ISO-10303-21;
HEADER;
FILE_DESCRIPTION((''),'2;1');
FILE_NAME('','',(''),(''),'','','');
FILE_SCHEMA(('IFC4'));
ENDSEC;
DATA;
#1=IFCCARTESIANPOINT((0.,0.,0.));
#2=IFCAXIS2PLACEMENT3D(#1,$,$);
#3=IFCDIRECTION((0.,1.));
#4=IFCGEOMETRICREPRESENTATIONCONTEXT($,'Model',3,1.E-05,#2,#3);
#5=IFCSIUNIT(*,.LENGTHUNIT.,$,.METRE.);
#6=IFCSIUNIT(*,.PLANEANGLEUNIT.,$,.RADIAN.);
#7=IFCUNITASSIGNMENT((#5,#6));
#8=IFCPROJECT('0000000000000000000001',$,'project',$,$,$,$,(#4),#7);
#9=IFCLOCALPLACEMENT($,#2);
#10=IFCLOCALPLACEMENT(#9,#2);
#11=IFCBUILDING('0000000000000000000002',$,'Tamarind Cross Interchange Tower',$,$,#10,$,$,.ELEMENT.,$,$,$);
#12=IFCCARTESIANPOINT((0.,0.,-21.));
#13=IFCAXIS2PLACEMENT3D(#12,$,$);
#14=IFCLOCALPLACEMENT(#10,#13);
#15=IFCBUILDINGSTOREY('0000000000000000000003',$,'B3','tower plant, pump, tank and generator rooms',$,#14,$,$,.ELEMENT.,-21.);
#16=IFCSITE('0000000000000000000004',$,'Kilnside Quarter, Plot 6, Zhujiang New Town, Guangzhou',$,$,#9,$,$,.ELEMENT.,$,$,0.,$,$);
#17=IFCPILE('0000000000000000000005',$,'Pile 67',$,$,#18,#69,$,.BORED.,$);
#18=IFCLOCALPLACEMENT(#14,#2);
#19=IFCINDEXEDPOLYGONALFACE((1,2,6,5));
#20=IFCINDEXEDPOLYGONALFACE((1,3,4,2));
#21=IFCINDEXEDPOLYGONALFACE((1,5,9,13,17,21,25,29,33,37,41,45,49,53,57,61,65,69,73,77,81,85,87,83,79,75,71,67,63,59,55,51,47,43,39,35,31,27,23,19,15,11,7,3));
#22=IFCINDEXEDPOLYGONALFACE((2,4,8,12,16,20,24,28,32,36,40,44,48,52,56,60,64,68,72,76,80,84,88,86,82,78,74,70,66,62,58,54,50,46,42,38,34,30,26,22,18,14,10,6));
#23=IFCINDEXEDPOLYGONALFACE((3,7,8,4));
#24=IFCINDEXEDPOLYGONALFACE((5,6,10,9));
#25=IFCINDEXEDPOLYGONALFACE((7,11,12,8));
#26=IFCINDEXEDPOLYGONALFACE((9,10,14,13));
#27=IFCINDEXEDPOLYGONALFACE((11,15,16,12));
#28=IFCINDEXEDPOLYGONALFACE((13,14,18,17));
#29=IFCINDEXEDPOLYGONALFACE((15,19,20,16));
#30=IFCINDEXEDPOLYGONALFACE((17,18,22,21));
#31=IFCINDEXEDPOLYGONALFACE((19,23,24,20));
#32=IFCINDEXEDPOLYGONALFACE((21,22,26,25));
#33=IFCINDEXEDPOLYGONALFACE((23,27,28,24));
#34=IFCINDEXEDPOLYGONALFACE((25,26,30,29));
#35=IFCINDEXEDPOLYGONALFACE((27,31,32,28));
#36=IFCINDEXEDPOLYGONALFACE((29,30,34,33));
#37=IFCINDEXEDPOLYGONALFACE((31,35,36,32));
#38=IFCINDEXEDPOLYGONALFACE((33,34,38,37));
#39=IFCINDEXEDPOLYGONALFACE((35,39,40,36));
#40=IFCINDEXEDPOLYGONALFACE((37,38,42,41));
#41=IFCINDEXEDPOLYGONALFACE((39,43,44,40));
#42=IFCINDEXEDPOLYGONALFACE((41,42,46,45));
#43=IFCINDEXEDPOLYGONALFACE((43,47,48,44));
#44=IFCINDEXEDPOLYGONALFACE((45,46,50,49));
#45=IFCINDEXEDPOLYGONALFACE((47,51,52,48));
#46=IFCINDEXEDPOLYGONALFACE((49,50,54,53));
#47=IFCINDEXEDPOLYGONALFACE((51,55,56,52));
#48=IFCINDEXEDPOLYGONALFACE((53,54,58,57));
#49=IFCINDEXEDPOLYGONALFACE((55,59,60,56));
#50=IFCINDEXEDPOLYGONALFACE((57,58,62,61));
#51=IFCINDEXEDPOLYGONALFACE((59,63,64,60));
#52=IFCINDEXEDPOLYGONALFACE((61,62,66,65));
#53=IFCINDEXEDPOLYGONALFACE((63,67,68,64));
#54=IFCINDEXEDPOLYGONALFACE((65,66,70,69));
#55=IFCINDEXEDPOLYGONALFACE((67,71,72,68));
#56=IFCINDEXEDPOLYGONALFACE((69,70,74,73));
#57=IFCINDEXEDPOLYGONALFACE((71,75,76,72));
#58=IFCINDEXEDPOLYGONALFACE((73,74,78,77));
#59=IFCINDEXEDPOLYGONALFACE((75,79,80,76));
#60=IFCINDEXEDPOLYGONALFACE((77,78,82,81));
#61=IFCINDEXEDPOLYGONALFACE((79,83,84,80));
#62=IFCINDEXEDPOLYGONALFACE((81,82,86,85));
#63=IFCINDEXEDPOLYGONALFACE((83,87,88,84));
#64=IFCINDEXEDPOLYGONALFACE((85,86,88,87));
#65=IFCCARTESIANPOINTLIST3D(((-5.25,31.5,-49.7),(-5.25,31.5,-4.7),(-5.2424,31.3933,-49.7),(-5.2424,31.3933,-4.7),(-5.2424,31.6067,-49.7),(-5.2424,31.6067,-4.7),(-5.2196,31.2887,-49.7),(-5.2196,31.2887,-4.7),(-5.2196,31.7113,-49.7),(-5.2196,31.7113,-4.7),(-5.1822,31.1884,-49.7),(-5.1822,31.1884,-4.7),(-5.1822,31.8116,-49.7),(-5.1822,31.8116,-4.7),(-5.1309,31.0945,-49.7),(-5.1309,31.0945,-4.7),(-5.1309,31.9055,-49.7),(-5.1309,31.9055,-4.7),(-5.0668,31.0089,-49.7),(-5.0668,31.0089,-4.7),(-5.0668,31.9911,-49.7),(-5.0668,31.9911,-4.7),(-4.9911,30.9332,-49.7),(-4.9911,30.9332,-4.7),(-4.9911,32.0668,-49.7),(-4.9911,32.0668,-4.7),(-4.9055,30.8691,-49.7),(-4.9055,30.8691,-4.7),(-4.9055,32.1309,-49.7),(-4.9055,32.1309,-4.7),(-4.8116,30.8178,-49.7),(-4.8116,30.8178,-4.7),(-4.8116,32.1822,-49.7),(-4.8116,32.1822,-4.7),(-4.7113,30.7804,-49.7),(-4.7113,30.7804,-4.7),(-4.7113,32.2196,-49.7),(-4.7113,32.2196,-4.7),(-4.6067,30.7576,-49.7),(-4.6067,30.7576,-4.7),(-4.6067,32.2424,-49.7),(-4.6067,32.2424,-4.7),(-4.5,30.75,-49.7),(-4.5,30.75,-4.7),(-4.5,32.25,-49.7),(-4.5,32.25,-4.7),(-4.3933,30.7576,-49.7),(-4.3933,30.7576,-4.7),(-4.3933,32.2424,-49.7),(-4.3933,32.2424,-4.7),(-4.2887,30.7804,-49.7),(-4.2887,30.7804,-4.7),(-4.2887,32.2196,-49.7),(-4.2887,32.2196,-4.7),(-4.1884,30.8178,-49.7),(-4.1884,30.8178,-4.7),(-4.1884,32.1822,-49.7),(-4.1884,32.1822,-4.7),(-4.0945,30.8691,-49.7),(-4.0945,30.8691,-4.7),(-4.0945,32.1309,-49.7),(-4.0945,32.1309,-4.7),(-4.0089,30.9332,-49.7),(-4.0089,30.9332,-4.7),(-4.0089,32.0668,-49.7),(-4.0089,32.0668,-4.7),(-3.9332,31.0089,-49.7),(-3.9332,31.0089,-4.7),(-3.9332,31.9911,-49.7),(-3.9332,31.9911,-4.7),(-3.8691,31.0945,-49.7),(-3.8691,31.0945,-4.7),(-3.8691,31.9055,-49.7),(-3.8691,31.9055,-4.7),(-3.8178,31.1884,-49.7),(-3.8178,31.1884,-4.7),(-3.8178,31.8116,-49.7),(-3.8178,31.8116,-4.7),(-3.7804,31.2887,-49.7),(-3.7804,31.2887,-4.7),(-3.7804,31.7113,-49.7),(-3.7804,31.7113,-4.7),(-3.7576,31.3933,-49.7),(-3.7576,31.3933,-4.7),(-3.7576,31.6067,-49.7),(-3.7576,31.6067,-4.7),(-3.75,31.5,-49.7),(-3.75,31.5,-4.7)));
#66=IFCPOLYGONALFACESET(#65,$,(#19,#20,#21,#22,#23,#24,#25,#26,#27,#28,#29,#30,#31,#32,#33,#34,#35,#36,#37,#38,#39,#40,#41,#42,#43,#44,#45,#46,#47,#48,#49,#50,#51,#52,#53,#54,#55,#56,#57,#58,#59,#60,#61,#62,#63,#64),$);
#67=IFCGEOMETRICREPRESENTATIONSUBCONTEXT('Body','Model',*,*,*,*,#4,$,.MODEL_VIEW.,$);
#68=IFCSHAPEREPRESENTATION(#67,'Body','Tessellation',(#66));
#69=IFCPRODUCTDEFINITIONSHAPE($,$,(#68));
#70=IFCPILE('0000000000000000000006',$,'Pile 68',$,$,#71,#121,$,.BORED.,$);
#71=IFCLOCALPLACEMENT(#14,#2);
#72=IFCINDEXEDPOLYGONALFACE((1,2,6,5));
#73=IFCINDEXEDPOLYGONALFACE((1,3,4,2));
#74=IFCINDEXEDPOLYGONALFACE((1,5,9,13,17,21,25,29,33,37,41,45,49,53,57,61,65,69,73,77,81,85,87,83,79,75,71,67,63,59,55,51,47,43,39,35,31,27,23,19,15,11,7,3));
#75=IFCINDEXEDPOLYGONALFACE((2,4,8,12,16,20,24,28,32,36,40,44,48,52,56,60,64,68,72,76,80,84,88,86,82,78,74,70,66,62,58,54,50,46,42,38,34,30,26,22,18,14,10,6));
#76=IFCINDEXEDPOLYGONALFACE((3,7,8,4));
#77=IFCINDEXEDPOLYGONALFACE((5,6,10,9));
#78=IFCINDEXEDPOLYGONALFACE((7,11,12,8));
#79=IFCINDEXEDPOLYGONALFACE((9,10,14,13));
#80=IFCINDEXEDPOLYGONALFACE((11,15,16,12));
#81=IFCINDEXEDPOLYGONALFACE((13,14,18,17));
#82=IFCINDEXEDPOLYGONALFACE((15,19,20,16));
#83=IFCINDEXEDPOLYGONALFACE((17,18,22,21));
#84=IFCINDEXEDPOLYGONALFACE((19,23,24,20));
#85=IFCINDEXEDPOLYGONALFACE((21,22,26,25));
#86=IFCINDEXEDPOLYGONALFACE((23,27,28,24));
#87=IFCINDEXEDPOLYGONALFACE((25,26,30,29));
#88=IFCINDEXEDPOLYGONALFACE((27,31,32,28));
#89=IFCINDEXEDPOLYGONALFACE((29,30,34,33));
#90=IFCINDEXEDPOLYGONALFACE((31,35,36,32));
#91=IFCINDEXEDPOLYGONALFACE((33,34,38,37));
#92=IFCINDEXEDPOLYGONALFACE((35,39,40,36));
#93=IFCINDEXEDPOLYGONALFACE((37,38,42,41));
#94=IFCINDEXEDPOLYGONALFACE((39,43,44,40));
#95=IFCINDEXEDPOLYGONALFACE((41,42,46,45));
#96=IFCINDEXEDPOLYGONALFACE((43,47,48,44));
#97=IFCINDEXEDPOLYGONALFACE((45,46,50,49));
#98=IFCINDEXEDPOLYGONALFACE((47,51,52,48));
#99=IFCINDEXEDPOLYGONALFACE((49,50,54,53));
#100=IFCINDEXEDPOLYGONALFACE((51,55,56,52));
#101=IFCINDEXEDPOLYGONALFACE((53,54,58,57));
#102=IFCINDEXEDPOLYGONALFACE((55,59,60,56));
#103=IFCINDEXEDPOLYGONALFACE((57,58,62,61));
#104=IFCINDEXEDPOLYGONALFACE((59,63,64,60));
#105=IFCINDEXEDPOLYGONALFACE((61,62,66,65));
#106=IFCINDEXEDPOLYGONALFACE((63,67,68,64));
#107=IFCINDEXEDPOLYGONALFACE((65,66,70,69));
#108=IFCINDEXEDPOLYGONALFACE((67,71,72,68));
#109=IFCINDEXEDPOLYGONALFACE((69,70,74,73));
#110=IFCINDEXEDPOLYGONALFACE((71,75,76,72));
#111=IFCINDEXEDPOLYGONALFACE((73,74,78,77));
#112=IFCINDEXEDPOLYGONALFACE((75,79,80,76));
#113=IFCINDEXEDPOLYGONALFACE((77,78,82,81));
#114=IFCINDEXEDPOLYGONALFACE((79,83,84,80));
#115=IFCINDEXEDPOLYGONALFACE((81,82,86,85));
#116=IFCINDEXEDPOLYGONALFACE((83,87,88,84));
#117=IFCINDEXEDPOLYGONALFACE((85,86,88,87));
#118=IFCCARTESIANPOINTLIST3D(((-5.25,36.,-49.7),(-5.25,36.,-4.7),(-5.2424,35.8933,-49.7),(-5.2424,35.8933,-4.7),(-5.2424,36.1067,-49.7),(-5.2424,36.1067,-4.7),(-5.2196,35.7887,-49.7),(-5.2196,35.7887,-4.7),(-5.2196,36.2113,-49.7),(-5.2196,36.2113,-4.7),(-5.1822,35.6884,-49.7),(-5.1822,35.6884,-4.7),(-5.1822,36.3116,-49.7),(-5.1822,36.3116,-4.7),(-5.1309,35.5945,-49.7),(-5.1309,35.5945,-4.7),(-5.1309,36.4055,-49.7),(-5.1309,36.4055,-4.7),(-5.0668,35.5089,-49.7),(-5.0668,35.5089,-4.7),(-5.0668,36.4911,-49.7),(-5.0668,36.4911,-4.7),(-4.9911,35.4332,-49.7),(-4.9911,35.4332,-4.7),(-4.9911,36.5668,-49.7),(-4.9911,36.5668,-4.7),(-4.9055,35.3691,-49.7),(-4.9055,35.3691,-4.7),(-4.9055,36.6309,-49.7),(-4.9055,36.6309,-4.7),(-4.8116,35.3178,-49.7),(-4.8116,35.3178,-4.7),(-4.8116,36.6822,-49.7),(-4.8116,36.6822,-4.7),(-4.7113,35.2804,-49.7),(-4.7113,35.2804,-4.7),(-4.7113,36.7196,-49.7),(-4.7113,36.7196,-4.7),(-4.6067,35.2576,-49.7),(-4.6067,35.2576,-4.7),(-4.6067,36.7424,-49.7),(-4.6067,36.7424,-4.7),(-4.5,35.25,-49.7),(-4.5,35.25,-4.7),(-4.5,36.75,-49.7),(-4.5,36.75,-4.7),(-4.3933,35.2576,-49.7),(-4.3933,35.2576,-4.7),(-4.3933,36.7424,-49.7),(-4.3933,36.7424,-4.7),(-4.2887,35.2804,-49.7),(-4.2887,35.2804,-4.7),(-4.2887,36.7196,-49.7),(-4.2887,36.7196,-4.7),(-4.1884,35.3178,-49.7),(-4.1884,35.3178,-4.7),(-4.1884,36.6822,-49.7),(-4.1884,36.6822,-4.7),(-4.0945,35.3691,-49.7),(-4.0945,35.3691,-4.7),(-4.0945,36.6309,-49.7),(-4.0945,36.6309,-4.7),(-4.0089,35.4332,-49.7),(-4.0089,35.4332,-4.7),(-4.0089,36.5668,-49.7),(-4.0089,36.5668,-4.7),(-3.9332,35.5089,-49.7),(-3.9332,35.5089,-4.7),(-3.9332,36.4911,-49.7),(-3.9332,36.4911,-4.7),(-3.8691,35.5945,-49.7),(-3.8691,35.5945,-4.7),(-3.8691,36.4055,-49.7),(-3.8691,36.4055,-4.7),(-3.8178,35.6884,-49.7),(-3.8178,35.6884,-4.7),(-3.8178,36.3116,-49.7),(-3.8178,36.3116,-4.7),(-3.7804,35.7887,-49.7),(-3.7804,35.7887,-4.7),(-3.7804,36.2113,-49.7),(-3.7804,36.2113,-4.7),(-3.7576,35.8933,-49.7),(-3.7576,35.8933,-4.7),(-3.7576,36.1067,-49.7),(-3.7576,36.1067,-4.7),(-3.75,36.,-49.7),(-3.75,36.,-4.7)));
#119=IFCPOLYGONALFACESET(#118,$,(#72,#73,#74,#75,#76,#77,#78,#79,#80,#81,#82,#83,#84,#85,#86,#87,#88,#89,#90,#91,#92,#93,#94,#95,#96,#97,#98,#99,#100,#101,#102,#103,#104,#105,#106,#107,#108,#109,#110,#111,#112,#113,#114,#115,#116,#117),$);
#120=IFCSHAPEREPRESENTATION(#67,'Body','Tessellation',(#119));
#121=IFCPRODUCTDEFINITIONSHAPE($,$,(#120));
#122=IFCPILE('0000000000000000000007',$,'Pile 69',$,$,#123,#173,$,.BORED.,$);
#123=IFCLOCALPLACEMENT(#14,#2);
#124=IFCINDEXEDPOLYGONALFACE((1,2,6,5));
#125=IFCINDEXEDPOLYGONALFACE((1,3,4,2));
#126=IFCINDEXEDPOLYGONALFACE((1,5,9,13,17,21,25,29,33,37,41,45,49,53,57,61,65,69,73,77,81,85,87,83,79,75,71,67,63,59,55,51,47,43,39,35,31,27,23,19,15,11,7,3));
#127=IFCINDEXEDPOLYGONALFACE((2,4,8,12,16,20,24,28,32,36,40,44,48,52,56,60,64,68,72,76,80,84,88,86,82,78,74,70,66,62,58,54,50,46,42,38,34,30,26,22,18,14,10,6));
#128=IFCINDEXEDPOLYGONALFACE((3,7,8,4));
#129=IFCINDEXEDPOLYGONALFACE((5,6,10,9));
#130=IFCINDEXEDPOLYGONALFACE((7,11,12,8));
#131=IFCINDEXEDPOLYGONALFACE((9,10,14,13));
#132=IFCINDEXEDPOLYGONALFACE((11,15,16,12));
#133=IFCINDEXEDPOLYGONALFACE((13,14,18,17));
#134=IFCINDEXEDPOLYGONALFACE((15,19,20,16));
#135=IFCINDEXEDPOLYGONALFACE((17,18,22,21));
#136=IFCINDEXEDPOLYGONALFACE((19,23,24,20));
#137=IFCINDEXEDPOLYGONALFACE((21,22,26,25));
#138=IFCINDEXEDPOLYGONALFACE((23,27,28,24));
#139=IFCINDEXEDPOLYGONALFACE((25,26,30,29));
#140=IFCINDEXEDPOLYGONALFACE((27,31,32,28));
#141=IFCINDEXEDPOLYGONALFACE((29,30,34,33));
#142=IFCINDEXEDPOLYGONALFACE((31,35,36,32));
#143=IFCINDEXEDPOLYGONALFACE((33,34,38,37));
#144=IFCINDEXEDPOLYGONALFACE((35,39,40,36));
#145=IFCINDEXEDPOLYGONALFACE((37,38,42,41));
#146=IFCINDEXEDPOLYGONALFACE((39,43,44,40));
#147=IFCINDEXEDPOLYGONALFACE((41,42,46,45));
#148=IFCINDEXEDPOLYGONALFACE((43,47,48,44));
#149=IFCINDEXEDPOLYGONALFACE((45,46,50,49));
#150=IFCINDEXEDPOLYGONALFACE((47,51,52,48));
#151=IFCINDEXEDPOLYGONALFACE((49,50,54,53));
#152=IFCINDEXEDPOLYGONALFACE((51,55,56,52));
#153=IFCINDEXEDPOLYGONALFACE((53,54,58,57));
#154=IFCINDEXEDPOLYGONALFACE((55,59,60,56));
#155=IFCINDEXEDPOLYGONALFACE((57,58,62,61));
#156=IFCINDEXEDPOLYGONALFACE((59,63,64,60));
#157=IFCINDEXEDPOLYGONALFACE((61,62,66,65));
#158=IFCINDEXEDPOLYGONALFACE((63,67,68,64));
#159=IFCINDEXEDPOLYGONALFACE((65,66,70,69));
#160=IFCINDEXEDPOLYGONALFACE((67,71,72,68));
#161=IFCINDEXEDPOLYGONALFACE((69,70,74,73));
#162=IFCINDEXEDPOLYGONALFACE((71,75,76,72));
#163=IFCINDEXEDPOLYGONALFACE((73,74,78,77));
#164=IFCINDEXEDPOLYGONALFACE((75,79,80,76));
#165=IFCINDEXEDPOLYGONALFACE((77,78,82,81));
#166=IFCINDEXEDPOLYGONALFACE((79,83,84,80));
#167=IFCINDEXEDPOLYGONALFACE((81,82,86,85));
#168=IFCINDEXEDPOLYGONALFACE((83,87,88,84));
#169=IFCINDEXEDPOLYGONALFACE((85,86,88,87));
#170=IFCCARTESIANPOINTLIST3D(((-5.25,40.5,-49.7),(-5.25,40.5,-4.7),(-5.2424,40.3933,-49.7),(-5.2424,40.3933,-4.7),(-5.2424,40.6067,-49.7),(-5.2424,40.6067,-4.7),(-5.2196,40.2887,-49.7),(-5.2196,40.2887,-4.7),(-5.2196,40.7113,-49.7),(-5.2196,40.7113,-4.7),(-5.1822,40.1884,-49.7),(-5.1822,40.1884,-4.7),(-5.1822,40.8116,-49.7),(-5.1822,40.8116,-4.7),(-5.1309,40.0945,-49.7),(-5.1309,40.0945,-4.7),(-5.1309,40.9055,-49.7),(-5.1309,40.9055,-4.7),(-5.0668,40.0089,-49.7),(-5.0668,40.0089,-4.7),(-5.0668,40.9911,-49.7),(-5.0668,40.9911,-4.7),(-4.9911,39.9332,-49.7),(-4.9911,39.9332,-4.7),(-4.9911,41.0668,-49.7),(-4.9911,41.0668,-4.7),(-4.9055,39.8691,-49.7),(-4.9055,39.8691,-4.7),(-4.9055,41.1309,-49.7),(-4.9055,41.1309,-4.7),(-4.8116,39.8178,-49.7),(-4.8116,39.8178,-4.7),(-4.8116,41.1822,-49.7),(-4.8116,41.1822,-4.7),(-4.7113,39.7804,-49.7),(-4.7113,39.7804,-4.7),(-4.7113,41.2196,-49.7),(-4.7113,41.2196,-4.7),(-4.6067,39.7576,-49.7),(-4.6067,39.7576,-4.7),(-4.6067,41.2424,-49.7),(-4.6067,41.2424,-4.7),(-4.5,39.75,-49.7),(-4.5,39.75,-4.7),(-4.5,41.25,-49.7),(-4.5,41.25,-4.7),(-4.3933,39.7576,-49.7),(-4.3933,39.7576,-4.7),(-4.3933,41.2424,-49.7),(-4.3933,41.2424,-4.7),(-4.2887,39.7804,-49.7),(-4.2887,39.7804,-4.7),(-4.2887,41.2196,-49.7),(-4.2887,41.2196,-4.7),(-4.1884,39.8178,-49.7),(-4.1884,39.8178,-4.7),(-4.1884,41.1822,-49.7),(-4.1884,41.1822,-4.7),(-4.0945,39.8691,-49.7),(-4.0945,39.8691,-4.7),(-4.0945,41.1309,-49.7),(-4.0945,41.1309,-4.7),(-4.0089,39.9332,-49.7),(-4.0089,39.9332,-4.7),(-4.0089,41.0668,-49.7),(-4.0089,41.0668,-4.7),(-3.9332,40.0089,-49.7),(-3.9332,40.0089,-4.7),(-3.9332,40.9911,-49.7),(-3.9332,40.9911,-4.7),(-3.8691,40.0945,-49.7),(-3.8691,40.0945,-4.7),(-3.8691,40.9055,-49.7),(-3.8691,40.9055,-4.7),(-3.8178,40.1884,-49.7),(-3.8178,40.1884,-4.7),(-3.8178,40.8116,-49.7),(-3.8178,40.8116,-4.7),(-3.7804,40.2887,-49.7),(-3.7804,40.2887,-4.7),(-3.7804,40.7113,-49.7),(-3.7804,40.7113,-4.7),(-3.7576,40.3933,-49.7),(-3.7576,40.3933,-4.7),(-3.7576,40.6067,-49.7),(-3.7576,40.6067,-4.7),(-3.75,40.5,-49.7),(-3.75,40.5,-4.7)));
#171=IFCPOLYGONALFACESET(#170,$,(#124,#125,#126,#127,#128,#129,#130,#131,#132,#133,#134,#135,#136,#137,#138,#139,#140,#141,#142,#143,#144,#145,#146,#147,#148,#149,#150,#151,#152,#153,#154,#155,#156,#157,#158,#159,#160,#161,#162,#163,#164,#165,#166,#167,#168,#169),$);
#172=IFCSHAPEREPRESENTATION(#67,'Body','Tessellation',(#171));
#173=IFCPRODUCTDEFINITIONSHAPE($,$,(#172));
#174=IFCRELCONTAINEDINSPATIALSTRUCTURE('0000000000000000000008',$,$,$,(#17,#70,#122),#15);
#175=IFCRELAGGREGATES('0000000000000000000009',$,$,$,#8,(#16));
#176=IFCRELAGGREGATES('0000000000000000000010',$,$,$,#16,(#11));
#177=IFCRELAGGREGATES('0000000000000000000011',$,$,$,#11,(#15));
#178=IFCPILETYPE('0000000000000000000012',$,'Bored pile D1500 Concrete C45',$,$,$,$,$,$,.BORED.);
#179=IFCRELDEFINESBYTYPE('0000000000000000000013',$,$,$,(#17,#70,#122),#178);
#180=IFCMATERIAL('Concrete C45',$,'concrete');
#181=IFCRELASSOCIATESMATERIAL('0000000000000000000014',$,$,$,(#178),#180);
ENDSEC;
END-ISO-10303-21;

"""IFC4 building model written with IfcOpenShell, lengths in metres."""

from ifc_helpers import new_model, si_unit, direction, frame, origin, origin_2d, place, context, subcontext, project, spatial, circle, extrude, material, material_profile, profile_set, type_object, element, save


model = new_model("IFC4")

# Units and contexts
model_context = context("Model", 3, precision=1e-05, world=origin(), true_north=direction((0.0, 1.0)))
body_context = subcontext(model_context, "Body", "Model", "MODEL_VIEW")
ifc_project = project(units=[si_unit("LENGTHUNIT", "METRE"), si_unit("PLANEANGLEUNIT", "RADIAN")], contexts=[model_context])

# Site, building, storey
site_placement = place(None, origin())
site = spatial("IfcSite", under=ifc_project, at=site_placement, Name="Kilnside Quarter, Plot 6, Zhujiang New Town, Guangzhou", CompositionType="ELEMENT", RefElevation=0.0)
building_placement = place(site_placement, origin())
building = spatial("IfcBuilding", under=site, at=building_placement, Name="Tamarind Cross Interchange Tower", CompositionType="ELEMENT")
storey_placement = place(building_placement, frame((0.0, 0.0, -21.0)))
storey = spatial("IfcBuildingStorey", under=building, at=storey_placement, Name="B3", Description="tower plant, pump, tank and generator rooms", CompositionType="ELEMENT", Elevation=-21.0)

# Piles
ifc_material_1 = material(Name="Concrete C45", Category="concrete")
ifc_material_profile_1 = material_profile(ifc_material_1, circle(Radius=0.75, at=origin_2d()), Name="RC D1500")
ifc_profile_set_1 = profile_set([ifc_material_profile_1], Name="Concrete C45")
pile_type = type_object("IfcPileType", Name="Bored pile D1500 Concrete C45", PredefinedType="BORED", material=ifc_profile_set_1)
for number, where, z_axis, x_axis, name in (
    (1, (-4.5, 31.5, -4.7), (0.0, 0.0, -1.0), (1.0, 0.0, 0.0), "Pile 67"),
    (2, (-4.5, 36.0, -4.7), (0.0, 0.0, -1.0), (1.0, 0.0, 0.0), "Pile 68"),
    (3, (-4.5, 40.5, -4.7), (0.0, 0.0, -1.0), (1.0, 0.0, 0.0), "Pile 69"),
):
    element("IfcPile", number, at=place(storey_placement, frame(where, z_axis=z_axis, x_axis=x_axis)), inside=storey, type_object=pile_type, Name=name, PredefinedType="BORED", context=body_context, shape_type="SweptSolid", body=[
        extrude(circle(Radius=0.75, at=origin_2d()), origin(), (0.0, 0.0, 1.0), 45.0),
    ])

save(model, "model.ifc")
